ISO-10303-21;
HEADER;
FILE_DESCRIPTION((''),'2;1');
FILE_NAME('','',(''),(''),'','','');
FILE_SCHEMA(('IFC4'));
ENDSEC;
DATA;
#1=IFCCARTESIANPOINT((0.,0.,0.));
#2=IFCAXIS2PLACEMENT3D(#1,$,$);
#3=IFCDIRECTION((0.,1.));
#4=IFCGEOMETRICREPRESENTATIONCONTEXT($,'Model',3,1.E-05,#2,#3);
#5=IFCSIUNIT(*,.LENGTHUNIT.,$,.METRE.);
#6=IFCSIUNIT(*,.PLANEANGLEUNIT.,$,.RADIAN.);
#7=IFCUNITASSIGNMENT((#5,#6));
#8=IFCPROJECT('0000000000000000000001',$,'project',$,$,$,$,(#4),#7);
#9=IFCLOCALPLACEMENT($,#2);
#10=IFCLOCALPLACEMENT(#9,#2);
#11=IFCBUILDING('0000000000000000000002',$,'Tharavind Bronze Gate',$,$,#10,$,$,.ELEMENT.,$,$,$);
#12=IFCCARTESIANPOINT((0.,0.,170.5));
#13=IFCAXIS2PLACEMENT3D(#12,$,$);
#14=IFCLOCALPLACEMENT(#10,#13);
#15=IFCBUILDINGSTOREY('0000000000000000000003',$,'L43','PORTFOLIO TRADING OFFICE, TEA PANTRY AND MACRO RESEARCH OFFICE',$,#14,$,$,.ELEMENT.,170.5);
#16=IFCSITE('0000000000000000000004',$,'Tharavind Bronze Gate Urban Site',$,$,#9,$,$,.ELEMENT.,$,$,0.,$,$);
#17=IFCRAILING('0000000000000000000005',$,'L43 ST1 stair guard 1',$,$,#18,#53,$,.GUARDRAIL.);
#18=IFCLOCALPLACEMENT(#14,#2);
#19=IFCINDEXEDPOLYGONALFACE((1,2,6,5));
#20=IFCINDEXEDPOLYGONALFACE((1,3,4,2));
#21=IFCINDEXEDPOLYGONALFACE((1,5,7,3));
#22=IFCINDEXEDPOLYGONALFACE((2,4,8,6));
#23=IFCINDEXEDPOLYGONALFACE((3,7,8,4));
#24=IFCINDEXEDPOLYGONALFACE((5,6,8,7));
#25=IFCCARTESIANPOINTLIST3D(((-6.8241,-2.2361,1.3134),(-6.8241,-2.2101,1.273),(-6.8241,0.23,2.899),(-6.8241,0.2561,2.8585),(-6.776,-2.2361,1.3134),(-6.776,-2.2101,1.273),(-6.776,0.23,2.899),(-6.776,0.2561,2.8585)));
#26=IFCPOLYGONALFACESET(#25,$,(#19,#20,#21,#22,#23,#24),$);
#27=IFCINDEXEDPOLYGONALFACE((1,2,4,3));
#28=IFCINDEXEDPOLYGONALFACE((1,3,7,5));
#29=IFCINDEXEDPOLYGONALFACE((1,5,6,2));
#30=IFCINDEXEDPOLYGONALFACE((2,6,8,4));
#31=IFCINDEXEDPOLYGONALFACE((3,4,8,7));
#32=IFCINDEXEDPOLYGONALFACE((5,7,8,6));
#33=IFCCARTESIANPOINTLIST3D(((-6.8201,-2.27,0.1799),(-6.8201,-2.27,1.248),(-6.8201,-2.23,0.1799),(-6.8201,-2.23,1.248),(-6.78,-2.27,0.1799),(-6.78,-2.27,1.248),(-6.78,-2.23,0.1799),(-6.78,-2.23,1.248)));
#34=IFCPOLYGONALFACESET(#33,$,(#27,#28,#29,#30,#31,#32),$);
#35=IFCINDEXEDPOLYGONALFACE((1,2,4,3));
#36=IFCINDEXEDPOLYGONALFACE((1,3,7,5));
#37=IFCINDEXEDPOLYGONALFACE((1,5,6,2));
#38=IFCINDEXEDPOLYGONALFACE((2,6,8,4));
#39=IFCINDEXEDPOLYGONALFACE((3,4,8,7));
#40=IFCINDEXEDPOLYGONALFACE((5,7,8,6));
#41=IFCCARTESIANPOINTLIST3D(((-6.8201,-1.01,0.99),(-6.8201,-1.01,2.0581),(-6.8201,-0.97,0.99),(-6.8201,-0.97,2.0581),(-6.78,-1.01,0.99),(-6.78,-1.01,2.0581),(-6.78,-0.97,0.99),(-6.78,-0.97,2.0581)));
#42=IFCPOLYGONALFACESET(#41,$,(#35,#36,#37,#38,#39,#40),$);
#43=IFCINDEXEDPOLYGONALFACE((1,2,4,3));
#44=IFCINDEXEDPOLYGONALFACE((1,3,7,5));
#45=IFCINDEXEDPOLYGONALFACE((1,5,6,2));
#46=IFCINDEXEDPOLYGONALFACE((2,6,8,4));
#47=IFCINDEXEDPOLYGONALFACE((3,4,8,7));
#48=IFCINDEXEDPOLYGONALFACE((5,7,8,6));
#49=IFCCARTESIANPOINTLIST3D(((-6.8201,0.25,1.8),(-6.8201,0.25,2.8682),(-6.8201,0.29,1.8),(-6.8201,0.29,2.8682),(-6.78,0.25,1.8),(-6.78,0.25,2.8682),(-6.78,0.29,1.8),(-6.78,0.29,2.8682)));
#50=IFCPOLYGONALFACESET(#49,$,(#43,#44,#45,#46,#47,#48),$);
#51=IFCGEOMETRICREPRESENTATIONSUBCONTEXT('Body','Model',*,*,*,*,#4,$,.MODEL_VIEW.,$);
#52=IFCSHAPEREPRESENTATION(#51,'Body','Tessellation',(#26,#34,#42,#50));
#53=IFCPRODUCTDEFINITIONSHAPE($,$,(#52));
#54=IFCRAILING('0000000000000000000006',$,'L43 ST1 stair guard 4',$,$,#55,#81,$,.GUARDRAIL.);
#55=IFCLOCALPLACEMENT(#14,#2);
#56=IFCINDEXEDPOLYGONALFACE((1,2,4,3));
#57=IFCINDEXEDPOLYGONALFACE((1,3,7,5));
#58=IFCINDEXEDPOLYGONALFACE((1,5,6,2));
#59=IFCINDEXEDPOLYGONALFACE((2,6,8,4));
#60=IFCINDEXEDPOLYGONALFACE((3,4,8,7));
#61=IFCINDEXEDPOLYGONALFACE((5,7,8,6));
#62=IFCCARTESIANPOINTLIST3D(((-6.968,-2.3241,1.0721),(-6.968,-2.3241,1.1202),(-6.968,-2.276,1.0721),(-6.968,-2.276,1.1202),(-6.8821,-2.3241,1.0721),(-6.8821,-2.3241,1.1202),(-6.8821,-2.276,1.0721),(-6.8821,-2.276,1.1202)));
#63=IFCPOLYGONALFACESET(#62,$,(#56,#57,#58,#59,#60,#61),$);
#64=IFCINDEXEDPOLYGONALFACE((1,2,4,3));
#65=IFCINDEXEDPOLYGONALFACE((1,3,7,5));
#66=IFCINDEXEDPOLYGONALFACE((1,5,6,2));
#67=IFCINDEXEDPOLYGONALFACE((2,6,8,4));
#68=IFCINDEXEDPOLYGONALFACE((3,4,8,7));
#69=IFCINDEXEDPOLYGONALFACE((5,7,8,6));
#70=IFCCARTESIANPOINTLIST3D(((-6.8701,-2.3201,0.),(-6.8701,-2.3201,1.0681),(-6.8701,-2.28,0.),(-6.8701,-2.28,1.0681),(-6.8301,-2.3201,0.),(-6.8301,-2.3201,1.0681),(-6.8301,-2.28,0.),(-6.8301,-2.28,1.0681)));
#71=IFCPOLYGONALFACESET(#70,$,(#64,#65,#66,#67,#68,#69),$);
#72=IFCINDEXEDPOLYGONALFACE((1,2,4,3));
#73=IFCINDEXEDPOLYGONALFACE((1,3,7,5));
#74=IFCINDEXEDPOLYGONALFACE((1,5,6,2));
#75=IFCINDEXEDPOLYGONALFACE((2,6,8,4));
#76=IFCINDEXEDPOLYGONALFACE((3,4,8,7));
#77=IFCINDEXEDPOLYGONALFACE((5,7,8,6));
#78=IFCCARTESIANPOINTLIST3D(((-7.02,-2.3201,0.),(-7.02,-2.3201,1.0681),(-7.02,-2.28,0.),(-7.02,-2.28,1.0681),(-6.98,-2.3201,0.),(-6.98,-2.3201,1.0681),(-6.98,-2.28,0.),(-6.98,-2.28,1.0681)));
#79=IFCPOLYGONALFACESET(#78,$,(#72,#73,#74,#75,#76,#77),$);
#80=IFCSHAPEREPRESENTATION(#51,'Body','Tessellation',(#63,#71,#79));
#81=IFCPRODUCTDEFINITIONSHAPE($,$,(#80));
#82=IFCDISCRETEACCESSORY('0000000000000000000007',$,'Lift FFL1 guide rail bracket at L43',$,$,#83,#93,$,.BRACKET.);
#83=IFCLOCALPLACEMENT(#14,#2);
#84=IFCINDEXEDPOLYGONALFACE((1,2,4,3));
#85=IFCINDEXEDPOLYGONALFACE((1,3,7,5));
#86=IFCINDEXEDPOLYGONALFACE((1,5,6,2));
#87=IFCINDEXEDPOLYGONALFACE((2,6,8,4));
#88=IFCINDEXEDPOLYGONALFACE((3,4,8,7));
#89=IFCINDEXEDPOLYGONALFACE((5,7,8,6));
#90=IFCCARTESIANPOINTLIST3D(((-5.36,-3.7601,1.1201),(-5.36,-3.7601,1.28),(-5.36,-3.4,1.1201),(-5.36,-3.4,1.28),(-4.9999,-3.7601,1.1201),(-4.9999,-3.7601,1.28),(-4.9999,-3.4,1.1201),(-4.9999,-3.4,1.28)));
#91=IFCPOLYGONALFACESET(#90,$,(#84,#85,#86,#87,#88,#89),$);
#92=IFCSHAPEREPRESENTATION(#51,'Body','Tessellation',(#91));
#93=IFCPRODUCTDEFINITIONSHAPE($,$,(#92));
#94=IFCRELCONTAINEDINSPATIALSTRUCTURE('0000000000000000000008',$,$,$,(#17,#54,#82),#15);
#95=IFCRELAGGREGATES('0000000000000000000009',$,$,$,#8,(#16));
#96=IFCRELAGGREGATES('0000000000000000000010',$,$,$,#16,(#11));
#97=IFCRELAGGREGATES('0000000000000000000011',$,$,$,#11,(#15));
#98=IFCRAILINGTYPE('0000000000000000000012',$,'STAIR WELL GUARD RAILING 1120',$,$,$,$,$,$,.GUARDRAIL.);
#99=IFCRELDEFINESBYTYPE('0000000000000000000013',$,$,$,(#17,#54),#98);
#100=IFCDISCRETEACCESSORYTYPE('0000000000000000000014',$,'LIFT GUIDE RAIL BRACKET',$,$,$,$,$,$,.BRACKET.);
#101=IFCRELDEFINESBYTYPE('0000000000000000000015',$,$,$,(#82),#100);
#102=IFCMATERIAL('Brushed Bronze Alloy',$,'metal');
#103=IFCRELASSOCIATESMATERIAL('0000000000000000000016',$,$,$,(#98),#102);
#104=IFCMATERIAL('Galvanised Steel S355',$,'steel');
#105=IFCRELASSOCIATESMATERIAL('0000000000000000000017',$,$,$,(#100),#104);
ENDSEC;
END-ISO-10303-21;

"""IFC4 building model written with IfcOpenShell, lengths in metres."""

from ifc_helpers import new_model, si_unit, direction, frame, origin, origin_2d, place, context, subcontext, project, spatial, rectangle, extrude, material, type_object, element, save


model = new_model("IFC4")

# Units and contexts
model_context = context("Model", 3, precision=1e-05, world=origin(), true_north=direction((0.0, 1.0)))
body_context = subcontext(model_context, "Body", "Model", "MODEL_VIEW")
ifc_project = project(units=[si_unit("LENGTHUNIT", "METRE"), si_unit("PLANEANGLEUNIT", "RADIAN")], contexts=[model_context])

# Site, building, storey
site_placement = place(None, origin())
site = spatial("IfcSite", under=ifc_project, at=site_placement, Name="Tharavind Bronze Gate Urban Site", CompositionType="ELEMENT", RefElevation=0.0)
building_placement = place(site_placement, origin())
building = spatial("IfcBuilding", under=site, at=building_placement, Name="Tharavind Bronze Gate", CompositionType="ELEMENT")
storey_placement = place(building_placement, frame((0.0, 0.0, 170.5)))
storey = spatial("IfcBuildingStorey", under=building, at=storey_placement, Name="L43", Description="PORTFOLIO TRADING OFFICE, TEA PANTRY AND MACRO RESEARCH OFFICE", CompositionType="ELEMENT", Elevation=170.5)

# Railings
ifc_material_1 = material(Name="Brushed Bronze Alloy", Category="metal")
railing_type_1 = type_object("IfcRailingType", Name="STAIR WELL GUARD RAILING 1120", PredefinedType="GUARDRAIL", material=ifc_material_1)
railing_1_placement = place(storey_placement, frame((-6.8, -2.25, 0.1799)))
element("IfcRailing", 1, at=railing_1_placement, inside=storey, type_object=railing_type_1, Name="L43 ST1 stair guard 1", PredefinedType="GUARDRAIL", context=body_context, shape_type="SweptSolid", body=[
    extrude(rectangle(XDim=0.0481, YDim=0.0481, at=origin_2d()), frame((0.0, 0.0269, 1.1133), z_axis=(0.0, 0.841163, 0.540782), x_axis=(-1.0, 0.0, 0.0)), (0.0, 0.0, 1.0), 2.9319),
    extrude(rectangle(XDim=0.04, YDim=0.04, at=origin_2d()), origin(), (0.0, 0.0, 1.0), 1.0681),
    extrude(rectangle(XDim=0.04, YDim=0.04, at=origin_2d()), frame((0.0, 1.26, 0.8101)), (0.0, 0.0, 1.0), 1.0681),
    extrude(rectangle(XDim=0.04, YDim=0.04, at=origin_2d()), frame((0.0, 2.52, 1.6201)), (0.0, 0.0, 1.0), 1.0681),
])
railing_2_placement = place(storey_placement, frame((-6.8501, -2.3, 0.0)))
element("IfcRailing", 2, at=railing_2_placement, inside=storey, type_object=railing_type_1, Name="L43 ST1 stair guard 4", PredefinedType="GUARDRAIL", context=body_context, shape_type="SweptSolid", body=[
    extrude(rectangle(XDim=0.0481, YDim=0.0481, at=origin_2d()), frame((-0.032, 0.0, 1.0962), z_axis=(-1.0, 0.0, 0.0), x_axis=(0.0, -1.0, 0.0)), (0.0, 0.0, 1.0), 0.0859),
    extrude(rectangle(XDim=0.04, YDim=0.04, at=origin_2d()), origin(), (0.0, 0.0, 1.0), 1.0681),
    extrude(rectangle(XDim=0.04, YDim=0.04, at=origin_2d()), frame((-0.1499, 0.0, 0.0)), (0.0, 0.0, 1.0), 1.0681),
])

# Discrete accessory
ifc_material_2 = material(Name="Galvanised Steel S355", Category="steel")
discrete_accessory_type = type_object("IfcDiscreteAccessoryType", Name="LIFT GUIDE RAIL BRACKET", PredefinedType="BRACKET", material=ifc_material_2)
discrete_accessory_placement = place(storey_placement, frame((-5.1799, -3.5801, 1.1201), z_axis=(0.0, 0.0, 1.0), x_axis=(1.0, 0.0, 0.0)))
element("IfcDiscreteAccessory", 3, at=discrete_accessory_placement, inside=storey, type_object=discrete_accessory_type, Name="Lift FFL1 guide rail bracket at L43", PredefinedType="BRACKET", context=body_context, shape_type="SweptSolid", body=[
    extrude(rectangle(XDim=0.3601, YDim=0.3601, at=origin_2d()), origin(), (0.0, 0.0, 1.0), 0.1599),
])

save(model, "model.ifc")
